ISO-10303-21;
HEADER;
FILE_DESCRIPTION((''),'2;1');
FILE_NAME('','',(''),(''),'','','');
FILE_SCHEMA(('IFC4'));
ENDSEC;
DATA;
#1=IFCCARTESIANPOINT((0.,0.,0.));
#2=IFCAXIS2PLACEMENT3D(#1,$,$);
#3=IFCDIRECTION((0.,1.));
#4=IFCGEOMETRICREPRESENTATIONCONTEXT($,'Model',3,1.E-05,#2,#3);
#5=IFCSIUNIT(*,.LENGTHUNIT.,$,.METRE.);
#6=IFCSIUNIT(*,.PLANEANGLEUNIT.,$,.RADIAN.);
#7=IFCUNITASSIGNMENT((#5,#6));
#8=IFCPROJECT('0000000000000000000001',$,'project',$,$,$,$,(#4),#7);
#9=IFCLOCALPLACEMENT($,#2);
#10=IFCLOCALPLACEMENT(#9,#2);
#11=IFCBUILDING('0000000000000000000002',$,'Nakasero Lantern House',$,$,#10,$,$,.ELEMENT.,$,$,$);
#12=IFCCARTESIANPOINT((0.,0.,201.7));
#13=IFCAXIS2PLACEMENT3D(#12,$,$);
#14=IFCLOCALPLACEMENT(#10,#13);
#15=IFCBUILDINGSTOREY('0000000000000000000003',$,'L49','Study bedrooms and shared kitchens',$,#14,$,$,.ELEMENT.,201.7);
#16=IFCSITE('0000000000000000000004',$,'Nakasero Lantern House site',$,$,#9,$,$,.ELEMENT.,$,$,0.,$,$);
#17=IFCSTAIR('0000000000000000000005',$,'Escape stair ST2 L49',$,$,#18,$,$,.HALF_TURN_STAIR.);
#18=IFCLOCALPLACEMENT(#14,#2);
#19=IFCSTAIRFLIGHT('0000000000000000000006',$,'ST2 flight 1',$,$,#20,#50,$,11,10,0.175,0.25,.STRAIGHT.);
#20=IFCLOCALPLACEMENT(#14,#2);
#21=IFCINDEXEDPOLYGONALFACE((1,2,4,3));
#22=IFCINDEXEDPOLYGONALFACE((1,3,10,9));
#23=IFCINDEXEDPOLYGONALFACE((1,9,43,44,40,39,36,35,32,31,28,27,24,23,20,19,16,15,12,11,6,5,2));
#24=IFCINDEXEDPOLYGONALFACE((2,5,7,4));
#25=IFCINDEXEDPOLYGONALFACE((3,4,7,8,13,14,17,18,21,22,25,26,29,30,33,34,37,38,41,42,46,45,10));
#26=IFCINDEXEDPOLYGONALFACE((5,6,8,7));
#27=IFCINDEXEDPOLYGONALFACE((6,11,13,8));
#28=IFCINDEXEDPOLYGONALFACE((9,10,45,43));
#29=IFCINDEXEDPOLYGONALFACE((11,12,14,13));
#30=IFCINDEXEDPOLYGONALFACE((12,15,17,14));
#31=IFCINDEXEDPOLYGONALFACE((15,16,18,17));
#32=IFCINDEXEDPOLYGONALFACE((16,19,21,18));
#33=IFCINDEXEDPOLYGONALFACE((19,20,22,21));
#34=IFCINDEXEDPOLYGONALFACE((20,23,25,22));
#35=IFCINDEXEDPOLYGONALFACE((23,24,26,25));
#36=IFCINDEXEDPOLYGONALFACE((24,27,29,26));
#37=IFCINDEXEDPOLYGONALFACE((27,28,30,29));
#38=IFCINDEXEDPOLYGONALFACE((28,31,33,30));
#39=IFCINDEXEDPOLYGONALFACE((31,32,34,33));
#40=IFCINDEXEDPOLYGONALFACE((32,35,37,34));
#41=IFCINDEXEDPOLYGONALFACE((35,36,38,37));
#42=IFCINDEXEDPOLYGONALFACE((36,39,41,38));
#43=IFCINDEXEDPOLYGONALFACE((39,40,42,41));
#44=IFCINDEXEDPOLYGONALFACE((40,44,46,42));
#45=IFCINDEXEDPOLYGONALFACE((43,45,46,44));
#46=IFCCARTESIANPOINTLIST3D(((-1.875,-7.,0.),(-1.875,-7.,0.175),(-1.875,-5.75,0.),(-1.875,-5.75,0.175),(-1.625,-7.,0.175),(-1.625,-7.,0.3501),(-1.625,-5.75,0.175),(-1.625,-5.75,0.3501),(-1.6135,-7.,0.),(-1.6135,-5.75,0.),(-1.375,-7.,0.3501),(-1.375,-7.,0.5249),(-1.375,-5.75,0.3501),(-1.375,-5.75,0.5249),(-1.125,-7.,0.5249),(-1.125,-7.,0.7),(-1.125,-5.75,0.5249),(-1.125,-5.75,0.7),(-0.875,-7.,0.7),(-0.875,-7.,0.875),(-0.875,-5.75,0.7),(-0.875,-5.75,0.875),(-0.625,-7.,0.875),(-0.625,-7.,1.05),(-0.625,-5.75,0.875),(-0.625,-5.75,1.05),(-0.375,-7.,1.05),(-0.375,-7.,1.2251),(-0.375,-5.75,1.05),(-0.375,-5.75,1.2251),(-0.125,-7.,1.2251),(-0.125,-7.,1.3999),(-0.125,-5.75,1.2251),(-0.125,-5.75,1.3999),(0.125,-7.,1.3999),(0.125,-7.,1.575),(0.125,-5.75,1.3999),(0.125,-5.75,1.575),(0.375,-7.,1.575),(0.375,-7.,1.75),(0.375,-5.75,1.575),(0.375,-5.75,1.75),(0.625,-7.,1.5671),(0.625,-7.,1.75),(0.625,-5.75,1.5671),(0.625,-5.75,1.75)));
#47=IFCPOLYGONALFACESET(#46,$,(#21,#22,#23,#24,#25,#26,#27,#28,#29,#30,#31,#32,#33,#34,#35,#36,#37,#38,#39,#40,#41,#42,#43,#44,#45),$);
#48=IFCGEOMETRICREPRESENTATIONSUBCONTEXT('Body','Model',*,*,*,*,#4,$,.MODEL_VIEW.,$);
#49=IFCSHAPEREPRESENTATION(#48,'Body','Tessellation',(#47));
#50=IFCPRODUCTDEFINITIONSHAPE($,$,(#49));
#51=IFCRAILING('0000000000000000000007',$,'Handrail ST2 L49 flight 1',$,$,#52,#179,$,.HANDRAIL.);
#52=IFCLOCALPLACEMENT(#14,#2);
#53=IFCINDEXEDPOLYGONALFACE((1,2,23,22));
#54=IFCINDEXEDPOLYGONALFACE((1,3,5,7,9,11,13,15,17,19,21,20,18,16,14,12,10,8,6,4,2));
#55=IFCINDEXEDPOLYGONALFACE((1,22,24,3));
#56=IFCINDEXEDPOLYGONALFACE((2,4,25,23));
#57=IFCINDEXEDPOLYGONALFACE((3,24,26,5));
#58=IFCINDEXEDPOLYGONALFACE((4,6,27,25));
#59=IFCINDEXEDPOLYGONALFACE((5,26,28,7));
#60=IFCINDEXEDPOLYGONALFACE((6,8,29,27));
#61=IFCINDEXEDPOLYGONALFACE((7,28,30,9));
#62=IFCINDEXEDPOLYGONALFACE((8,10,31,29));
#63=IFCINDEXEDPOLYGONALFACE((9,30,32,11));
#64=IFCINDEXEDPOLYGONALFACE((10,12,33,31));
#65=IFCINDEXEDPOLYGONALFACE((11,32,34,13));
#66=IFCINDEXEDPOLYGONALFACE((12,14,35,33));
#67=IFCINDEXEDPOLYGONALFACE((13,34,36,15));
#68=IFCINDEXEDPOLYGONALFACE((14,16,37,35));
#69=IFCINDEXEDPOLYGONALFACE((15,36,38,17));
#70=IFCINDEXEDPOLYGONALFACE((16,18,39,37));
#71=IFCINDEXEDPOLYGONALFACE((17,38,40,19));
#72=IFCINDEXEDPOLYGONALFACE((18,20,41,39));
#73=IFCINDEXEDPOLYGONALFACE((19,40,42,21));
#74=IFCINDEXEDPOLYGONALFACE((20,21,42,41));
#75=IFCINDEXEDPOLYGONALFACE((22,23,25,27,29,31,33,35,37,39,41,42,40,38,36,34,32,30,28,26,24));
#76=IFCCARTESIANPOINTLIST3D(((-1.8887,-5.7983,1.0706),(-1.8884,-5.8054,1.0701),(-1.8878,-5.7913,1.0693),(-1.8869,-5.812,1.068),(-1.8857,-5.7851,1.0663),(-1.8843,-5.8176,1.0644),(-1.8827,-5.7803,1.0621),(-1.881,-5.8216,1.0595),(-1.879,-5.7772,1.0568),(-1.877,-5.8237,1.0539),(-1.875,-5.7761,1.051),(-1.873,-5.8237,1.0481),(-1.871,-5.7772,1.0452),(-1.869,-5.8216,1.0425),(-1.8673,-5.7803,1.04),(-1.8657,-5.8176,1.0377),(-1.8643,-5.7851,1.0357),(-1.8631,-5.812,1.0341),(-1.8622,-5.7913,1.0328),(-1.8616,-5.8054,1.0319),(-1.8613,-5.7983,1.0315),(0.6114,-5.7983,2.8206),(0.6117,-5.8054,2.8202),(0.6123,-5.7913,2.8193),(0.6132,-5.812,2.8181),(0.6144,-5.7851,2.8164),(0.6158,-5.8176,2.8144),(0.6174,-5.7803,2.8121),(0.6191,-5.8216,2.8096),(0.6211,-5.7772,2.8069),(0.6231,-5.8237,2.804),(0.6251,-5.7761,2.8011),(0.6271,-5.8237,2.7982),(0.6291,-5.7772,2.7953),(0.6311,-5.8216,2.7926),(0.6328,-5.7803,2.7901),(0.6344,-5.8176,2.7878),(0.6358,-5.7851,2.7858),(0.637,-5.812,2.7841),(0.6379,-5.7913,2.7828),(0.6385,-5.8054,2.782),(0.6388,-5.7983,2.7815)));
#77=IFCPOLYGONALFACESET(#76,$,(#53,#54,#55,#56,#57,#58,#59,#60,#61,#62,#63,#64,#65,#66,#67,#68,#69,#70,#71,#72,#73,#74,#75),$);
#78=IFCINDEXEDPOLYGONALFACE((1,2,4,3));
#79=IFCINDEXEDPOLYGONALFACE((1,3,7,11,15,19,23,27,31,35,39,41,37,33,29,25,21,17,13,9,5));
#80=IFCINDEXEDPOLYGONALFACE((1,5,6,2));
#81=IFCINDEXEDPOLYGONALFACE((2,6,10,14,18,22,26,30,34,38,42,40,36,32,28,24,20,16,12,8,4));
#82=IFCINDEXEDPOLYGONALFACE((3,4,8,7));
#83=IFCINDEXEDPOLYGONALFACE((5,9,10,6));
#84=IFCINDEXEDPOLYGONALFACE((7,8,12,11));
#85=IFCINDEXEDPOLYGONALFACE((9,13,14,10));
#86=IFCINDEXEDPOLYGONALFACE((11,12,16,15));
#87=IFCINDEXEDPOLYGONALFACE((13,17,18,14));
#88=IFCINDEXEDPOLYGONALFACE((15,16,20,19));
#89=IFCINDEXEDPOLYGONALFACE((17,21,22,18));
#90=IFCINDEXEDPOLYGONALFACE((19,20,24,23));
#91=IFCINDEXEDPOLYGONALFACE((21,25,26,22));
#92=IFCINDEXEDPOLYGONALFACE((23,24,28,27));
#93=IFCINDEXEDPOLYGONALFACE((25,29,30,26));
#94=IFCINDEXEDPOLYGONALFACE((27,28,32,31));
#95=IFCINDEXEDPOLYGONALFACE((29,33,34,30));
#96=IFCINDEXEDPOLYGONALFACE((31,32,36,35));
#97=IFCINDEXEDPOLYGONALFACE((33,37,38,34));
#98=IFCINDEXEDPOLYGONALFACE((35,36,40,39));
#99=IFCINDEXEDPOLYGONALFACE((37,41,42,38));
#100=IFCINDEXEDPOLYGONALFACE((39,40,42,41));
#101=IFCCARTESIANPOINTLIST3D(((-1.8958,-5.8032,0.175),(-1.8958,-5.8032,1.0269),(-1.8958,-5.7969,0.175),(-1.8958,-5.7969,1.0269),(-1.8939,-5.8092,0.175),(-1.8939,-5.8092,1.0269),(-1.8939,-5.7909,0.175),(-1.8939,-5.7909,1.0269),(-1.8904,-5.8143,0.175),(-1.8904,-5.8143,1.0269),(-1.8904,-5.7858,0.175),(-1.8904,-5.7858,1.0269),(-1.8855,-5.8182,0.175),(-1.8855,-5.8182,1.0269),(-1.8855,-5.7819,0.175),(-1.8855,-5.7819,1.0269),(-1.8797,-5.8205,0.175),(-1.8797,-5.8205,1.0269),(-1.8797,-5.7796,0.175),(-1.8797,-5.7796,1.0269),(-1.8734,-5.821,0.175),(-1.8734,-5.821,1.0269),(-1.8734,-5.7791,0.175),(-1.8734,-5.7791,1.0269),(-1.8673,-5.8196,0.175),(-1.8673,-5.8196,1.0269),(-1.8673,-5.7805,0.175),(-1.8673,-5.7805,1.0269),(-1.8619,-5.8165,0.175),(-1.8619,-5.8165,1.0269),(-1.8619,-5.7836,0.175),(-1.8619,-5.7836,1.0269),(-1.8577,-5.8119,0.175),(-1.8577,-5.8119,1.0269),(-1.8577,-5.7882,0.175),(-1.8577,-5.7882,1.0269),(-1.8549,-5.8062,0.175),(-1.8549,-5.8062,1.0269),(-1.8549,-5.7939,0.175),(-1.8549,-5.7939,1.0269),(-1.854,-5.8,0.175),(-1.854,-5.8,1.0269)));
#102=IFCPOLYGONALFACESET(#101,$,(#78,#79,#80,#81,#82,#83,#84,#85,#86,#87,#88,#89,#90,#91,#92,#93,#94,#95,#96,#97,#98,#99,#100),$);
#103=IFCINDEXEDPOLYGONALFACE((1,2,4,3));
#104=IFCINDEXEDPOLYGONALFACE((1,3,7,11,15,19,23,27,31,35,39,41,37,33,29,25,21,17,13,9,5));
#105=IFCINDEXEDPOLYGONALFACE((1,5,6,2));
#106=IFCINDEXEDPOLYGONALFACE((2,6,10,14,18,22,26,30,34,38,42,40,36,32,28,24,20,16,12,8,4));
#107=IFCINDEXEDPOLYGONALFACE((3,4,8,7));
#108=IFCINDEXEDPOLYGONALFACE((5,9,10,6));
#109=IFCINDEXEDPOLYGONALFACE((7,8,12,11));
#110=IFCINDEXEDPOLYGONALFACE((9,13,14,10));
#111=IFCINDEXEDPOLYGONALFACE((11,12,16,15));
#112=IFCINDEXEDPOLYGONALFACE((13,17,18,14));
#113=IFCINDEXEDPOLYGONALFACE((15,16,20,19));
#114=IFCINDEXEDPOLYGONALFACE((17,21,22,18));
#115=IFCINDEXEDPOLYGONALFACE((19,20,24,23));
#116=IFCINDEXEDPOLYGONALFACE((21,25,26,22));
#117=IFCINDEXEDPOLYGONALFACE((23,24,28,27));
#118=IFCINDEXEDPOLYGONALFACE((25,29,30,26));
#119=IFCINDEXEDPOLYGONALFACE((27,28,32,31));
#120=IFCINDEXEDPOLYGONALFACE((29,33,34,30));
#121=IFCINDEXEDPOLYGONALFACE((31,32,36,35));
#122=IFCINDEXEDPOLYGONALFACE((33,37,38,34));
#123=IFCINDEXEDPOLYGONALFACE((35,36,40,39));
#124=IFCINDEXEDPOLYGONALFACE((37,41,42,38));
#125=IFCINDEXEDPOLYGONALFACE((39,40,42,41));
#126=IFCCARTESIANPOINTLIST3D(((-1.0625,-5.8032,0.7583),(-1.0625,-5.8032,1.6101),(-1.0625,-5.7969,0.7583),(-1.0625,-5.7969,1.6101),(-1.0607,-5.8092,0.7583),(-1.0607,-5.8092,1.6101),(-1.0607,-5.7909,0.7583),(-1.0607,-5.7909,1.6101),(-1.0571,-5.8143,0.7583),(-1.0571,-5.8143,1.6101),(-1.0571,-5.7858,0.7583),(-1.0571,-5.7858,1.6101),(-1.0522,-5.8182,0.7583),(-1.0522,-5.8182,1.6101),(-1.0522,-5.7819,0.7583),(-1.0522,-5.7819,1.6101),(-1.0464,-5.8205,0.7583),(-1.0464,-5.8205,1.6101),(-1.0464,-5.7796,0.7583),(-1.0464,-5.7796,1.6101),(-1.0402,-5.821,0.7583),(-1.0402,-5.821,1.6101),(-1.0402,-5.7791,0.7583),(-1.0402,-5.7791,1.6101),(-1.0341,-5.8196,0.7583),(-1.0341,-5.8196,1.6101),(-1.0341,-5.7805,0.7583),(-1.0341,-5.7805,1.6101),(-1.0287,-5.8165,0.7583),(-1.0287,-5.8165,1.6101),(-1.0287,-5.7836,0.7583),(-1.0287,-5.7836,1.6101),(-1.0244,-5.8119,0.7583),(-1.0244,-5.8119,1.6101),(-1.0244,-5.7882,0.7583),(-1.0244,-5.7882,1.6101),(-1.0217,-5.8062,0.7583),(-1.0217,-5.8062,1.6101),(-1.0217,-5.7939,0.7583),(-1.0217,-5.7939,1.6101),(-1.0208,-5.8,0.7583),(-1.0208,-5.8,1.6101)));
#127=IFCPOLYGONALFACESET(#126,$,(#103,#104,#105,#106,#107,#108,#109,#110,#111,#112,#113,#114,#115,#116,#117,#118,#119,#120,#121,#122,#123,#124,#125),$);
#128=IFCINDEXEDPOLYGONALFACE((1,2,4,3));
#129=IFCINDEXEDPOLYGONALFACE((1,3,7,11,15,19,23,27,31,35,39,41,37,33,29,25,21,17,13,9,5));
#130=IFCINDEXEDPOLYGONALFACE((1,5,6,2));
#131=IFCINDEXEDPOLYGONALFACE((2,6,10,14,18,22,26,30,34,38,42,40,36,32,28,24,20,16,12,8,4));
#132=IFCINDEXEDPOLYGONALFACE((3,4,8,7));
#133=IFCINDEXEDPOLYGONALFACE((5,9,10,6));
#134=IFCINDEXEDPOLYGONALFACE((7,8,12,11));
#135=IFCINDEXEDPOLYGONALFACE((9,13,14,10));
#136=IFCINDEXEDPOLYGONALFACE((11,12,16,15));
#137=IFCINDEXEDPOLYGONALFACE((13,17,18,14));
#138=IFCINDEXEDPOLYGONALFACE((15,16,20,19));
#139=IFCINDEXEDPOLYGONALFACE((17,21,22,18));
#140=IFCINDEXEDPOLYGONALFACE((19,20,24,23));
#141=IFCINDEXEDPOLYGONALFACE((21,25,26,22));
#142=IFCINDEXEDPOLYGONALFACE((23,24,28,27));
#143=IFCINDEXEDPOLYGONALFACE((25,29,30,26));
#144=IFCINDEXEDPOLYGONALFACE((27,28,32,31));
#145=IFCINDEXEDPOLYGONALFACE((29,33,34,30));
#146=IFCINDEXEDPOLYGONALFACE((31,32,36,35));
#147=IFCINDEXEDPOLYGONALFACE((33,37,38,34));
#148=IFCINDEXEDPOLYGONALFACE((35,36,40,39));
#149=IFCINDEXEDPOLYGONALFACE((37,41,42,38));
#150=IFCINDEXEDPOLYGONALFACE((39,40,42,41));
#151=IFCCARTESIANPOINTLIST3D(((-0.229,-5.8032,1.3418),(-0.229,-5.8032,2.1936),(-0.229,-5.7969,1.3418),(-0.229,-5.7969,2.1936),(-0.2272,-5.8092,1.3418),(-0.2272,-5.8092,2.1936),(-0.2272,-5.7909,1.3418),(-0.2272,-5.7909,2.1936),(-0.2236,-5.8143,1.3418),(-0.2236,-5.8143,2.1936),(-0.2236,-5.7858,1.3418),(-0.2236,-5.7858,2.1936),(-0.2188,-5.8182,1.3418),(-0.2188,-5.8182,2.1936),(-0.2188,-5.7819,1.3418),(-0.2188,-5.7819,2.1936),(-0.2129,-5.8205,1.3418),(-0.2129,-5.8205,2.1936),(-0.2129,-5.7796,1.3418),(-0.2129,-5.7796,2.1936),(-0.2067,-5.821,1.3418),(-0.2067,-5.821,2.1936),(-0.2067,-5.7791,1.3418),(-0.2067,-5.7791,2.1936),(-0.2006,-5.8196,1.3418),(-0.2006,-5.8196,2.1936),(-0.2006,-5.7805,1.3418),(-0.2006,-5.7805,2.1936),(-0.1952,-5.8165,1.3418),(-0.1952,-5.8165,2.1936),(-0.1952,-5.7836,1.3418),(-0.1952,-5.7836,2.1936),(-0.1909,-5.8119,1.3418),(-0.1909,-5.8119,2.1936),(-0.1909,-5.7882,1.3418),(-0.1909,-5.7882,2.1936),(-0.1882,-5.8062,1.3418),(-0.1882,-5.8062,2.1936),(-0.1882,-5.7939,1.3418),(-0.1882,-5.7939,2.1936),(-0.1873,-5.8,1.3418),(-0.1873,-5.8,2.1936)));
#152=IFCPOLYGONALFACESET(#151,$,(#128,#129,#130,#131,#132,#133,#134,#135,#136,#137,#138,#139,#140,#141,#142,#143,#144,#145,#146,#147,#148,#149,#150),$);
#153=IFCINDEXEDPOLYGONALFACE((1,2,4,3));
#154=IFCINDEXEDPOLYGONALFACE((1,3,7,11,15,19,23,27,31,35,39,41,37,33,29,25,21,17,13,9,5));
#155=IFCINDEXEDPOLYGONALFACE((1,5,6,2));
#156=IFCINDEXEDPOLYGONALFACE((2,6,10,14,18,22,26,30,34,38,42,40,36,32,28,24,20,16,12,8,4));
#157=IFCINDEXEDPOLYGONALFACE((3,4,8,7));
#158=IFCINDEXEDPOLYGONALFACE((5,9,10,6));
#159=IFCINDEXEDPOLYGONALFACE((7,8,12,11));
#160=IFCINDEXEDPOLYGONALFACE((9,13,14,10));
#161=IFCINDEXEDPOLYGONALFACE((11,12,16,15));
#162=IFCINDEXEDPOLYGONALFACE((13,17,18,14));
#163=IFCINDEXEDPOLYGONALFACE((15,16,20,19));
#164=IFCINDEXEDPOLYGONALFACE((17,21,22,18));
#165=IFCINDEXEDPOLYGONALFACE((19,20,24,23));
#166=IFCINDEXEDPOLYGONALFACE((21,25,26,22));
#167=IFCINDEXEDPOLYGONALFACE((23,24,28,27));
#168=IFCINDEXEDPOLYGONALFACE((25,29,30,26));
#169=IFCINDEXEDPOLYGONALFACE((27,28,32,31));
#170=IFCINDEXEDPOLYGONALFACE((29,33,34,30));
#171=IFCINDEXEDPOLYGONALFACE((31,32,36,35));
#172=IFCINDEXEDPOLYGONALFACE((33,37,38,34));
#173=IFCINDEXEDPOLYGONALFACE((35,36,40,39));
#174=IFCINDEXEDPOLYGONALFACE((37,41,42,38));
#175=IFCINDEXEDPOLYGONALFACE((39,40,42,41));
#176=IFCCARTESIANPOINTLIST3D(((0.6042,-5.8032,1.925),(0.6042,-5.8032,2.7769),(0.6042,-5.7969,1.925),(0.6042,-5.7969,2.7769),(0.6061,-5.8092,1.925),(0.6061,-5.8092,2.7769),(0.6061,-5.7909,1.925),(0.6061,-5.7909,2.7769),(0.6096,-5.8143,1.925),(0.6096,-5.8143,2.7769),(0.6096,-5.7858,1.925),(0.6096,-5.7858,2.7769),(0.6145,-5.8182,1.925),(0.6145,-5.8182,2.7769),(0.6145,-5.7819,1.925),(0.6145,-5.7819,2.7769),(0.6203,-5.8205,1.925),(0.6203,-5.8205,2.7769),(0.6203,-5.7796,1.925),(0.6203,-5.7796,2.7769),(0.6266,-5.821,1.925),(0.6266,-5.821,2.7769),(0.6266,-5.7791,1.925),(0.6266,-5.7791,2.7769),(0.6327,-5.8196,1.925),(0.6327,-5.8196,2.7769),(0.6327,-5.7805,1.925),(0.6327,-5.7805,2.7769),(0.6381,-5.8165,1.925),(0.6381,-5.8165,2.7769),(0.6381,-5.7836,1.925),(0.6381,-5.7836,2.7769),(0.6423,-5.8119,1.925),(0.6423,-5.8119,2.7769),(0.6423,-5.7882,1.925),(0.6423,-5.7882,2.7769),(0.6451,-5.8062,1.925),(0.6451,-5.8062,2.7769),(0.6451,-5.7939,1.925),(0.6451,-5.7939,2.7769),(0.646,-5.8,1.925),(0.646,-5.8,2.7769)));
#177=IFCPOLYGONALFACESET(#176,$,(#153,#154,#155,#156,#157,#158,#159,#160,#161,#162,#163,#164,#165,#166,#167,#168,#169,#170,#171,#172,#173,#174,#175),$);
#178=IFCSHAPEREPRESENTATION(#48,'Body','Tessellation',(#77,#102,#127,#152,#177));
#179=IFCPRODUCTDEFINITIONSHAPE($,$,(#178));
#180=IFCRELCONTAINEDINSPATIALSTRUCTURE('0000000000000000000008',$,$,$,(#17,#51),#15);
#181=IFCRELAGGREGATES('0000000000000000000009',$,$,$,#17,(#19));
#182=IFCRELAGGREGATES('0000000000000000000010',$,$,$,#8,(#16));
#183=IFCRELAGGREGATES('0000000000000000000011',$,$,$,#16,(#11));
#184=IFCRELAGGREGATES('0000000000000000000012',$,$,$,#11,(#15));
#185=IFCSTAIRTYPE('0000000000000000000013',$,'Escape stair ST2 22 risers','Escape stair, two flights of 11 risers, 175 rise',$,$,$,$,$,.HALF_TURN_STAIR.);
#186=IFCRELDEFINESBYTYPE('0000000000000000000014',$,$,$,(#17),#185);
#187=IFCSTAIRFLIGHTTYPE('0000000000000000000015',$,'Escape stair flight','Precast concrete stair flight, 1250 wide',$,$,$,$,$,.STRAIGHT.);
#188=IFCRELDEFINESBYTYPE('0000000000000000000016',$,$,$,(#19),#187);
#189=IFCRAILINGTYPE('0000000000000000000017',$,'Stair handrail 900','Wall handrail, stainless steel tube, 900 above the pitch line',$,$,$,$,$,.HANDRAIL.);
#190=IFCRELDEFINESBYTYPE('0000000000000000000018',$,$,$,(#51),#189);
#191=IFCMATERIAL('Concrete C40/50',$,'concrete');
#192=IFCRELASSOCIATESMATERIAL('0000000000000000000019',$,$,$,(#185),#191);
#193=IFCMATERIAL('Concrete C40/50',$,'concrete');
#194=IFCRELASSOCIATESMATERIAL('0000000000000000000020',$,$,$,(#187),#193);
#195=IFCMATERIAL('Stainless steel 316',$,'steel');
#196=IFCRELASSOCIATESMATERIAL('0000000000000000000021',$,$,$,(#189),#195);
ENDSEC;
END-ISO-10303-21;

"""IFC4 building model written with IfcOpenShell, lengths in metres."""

from ifc_helpers import new_model, si_unit, direction, frame, origin, origin_2d, place, context, subcontext, project, spatial, polyline, circle, outline, extrude, material, type_object, element, aggregate, save


model = new_model("IFC4")

# Units and contexts
model_context = context("Model", 3, precision=1e-05, world=origin(), true_north=direction((0.0, 1.0)))
body_context = subcontext(model_context, "Body", "Model", "MODEL_VIEW")
ifc_project = project(units=[si_unit("LENGTHUNIT", "METRE"), si_unit("PLANEANGLEUNIT", "RADIAN")], contexts=[model_context])

# Site, building, storey
site_placement = place(None, origin())
site = spatial("IfcSite", under=ifc_project, at=site_placement, Name="Nakasero Lantern House site", CompositionType="ELEMENT", RefElevation=0.0)
building_placement = place(site_placement, origin())
building = spatial("IfcBuilding", under=site, at=building_placement, Name="Nakasero Lantern House", CompositionType="ELEMENT")
storey_placement = place(building_placement, frame((0.0, 0.0, 201.7)))
storey = spatial("IfcBuildingStorey", under=building, at=storey_placement, Name="L49", Description="Study bedrooms and shared kitchens", CompositionType="ELEMENT", Elevation=201.7)

# Stair, stair flight
ifc_material_1 = material(Name="Concrete C40/50", Category="concrete")
stair_type = type_object("IfcStairType", Name="Escape stair ST2 22 risers", Description="Escape stair, two flights of 11 risers, 175 rise", PredefinedType="HALF_TURN_STAIR", material=ifc_material_1)
stair_placement = place(storey_placement, origin())
stair = element("IfcStair", 1, at=stair_placement, inside=storey, type_object=stair_type, Name="Escape stair ST2 L49", PredefinedType="HALF_TURN_STAIR")
ifc_material_2 = material(Name="Concrete C40/50", Category="concrete")
stair_flight_type = type_object("IfcStairFlightType", Name="Escape stair flight", Description="Precast concrete stair flight, 1250 wide", PredefinedType="STRAIGHT", material=ifc_material_2)
stair_flight_placement = place(storey_placement, frame((-1.875, -6.375, 0.0), z_axis=(0.0, 0.0, 1.0), x_axis=(1.0, 0.0, 0.0)))
stair_flight = element("IfcStairFlight", 2, at=stair_flight_placement, type_object=stair_flight_type, Name="ST2 flight 1", NumberOfRisers=11, NumberOfTreads=10, PredefinedType="STRAIGHT", RiserHeight=0.175, TreadLength=0.25, context=body_context, shape_type="SweptSolid", body=[
    extrude(outline(polyline([(0.0, 0.0), (0.0, 0.175), (0.25, 0.175), (0.25, 0.3501), (0.5, 0.3501), (0.5, 0.5249), (0.75, 0.5249), (0.75, 0.7), (1.0, 0.7), (1.0, 0.875), (1.25, 0.875), (1.25, 1.05), (1.5, 1.05), (1.5, 1.2251), (1.75, 1.2251), (1.75, 1.3999), (2.0, 1.3999), (2.0, 1.575), (2.25, 1.575), (2.25, 1.75), (2.5, 1.75), (2.5, 1.925), (2.5, 1.5671), (0.2615, 0.0), (0.0, 0.0)])), frame((0.0, 0.625, 0.0), z_axis=(0.0, -1.0, 0.0), x_axis=(1.0, 0.0, 0.0)), (0.0, 0.0, 1.0), 1.25),
])
aggregate(stair, [stair_flight])

# Railing
ifc_material_3 = material(Name="Stainless steel 316", Category="steel")
railing_type = type_object("IfcRailingType", Name="Stair handrail 900", Description="Wall handrail, stainless steel tube, 900 above the pitch line", PredefinedType="HANDRAIL", material=ifc_material_3)
railing_placement = place(storey_placement, frame((-1.875, -5.8, 0.175)))
element("IfcRailing", 3, at=railing_placement, inside=storey, type_object=railing_type, Name="Handrail ST2 L49 flight 1", PredefinedType="HANDRAIL", context=body_context, shape_type="SweptSolid", body=[
    extrude(circle(Radius=0.0239, at=origin_2d()), frame((0.0, 0.0, 0.876), z_axis=(0.819232, 0.0, 0.573462), x_axis=(0.0, 1.0, 0.0)), (0.0, 0.0, 1.0), 3.0518),
    extrude(circle(Radius=0.021, at=origin_2d()), origin(), (0.0, 0.0, 1.0), 0.8518),
    extrude(circle(Radius=0.021, at=origin_2d()), frame((0.8333, 0.0, 0.5833)), (0.0, 0.0, 1.0), 0.8518),
    extrude(circle(Radius=0.021, at=origin_2d()), frame((1.6667, 0.0, 1.1667)), (0.0, 0.0, 1.0), 0.8518),
    extrude(circle(Radius=0.021, at=origin_2d()), frame((2.5, 0.0, 1.75)), (0.0, 0.0, 1.0), 0.8518),
])

save(model, "model.ifc")
